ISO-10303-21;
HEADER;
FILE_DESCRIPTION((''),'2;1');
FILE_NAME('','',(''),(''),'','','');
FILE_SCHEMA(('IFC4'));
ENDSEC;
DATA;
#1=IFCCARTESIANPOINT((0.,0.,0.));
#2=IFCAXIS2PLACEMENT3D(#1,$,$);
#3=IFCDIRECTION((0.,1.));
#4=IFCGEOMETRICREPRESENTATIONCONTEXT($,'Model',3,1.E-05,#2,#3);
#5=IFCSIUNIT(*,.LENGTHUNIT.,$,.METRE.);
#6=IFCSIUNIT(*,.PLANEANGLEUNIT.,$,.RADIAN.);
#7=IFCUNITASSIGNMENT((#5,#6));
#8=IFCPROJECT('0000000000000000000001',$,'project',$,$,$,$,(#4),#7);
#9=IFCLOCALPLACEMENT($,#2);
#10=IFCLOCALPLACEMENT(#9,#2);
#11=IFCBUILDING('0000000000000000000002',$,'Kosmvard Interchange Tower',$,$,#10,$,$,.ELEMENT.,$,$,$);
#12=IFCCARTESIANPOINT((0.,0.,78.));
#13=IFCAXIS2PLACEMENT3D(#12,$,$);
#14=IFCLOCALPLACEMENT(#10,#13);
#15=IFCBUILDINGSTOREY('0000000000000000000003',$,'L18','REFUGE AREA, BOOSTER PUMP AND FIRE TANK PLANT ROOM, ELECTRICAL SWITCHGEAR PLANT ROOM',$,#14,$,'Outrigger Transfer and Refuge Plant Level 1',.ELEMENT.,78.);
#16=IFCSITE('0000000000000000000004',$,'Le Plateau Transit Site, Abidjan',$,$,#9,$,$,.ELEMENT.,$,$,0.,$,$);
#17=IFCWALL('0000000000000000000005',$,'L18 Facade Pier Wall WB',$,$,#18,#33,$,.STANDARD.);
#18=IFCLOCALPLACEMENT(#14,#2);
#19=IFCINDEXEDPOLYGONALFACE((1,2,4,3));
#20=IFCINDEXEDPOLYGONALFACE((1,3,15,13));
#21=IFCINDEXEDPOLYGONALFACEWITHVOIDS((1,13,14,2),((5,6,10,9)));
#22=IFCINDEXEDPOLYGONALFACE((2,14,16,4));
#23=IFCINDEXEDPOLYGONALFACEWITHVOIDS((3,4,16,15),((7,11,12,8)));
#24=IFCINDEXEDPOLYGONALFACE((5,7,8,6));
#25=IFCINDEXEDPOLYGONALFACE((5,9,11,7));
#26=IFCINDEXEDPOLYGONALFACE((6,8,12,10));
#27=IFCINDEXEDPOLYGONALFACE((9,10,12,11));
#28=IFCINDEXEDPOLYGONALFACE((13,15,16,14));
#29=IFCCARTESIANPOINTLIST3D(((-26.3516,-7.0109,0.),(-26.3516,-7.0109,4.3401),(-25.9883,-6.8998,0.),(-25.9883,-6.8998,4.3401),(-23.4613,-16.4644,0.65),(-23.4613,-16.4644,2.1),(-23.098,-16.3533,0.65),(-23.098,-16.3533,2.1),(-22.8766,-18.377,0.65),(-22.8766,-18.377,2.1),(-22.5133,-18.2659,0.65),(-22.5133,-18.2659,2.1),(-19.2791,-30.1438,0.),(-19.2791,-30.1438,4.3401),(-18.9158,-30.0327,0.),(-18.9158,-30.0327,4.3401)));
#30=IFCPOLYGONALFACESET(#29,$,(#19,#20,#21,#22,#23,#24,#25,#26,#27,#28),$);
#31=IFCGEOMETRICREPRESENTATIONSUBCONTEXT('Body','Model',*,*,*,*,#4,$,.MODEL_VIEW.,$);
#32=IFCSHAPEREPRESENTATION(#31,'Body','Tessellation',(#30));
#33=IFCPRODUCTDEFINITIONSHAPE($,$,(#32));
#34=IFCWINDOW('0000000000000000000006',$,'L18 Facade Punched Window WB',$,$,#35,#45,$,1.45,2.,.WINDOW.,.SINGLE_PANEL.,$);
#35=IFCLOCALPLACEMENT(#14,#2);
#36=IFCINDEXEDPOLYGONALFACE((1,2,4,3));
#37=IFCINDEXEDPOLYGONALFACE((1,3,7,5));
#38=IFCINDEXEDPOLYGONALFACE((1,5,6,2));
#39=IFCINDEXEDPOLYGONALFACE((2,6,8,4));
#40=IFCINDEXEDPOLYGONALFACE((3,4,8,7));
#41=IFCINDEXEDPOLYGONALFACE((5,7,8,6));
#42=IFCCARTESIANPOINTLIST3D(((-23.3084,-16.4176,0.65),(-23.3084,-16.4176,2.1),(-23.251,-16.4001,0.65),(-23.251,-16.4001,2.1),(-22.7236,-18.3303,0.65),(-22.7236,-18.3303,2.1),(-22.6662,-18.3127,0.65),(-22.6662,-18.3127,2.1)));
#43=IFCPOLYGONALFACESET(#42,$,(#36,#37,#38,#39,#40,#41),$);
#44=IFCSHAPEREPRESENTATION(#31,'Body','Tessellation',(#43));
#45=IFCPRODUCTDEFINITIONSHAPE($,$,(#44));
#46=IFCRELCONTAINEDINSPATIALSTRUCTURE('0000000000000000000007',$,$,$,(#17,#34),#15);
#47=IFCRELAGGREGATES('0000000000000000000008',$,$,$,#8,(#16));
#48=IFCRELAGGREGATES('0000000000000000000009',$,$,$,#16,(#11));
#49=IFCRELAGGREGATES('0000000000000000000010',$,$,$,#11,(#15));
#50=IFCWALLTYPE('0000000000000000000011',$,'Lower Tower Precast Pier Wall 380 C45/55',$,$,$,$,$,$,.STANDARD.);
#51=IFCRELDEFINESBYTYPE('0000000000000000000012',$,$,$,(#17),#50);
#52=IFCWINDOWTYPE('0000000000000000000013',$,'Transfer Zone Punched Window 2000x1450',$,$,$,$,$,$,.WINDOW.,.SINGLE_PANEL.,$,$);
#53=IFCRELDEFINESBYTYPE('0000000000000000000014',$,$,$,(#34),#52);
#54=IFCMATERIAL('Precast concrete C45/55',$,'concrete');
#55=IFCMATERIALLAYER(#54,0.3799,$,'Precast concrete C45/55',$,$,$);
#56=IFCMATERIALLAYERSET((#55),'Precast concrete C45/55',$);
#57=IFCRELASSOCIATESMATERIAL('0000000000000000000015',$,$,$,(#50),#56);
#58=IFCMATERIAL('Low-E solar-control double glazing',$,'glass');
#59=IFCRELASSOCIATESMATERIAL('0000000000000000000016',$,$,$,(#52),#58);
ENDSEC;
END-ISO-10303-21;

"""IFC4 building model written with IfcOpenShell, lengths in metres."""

from ifc_helpers import new_model, si_unit, direction, frame, frame_2d, origin, place, context, subcontext, project, spatial, rectangle, extrude, source, transform, mapped, material, layer, layer_set, type_object, element, fill, save


model = new_model("IFC4")

# Units and contexts
model_context = context("Model", 3, precision=1e-05, world=origin(), true_north=direction((0.0, 1.0)))
body_context = subcontext(model_context, "Body", "Model", "MODEL_VIEW")
ifc_project = project(units=[si_unit("LENGTHUNIT", "METRE"), si_unit("PLANEANGLEUNIT", "RADIAN")], contexts=[model_context])

# Site, building, storey
site_placement = place(None, origin())
site = spatial("IfcSite", under=ifc_project, at=site_placement, Name="Le Plateau Transit Site, Abidjan", CompositionType="ELEMENT", RefElevation=0.0)
building_placement = place(site_placement, origin())
building = spatial("IfcBuilding", under=site, at=building_placement, Name="Kosmvard Interchange Tower", CompositionType="ELEMENT")
storey_placement = place(building_placement, frame((0.0, 0.0, 78.0)))
storey = spatial("IfcBuildingStorey", under=building, at=storey_placement, Name="L18", Description="REFUGE AREA, BOOSTER PUMP AND FIRE TANK PLANT ROOM, ELECTRICAL SWITCHGEAR PLANT ROOM", LongName="Outrigger Transfer and Refuge Plant Level 1", CompositionType="ELEMENT", Elevation=78.0)

# Shared definitions
ifc_material_1 = material(Name="Low-E solar-control double glazing", Category="glass")

# Wall, opening, window
ifc_material_2 = material(Name="Precast concrete C45/55", Category="concrete")
ifc_layer_1 = layer(ifc_material_2, 0.3799, Name="Precast concrete C45/55")
ifc_layer_set_1 = layer_set([ifc_layer_1], Name="Precast concrete C45/55")
wall_type = type_object("IfcWallType", Name="Lower Tower Precast Pier Wall 380 C45/55", PredefinedType="STANDARD", material=ifc_layer_set_1)
wall_placement = place(storey_placement, frame((-26.1699, -6.9553, 0.0), z_axis=(0.0, 0.0, 1.0), x_axis=(0.292373, -0.956304, 0.0)))
wall = element("IfcWall", 1, at=wall_placement, inside=storey, type_object=wall_type, Name="L18 Facade Pier Wall WB", PredefinedType="STANDARD", context=body_context, shape_type="SweptSolid", body=[
    extrude(rectangle(XDim=24.1899, YDim=0.3799, at=frame_2d((12.095, 0.0))), origin(), (0.0, 0.0, 1.0), 4.3401),
])
opening_placement = place(wall_placement, frame((9.8855, 0.0, 0.6499)))
opening = element("IfcOpeningElement", 2, at=opening_placement, cuts=wall, PredefinedType="OPENING", context=body_context, shape_type="SweptSolid", body=[
    extrude(rectangle(XDim=2.0, YDim=1.45, at=frame_2d((1.0, 0.7251))), frame((0.0, 0.2, 0.0), z_axis=(0.0, -1.0, 0.0), x_axis=(1.0, 0.0, 0.0)), (0.0, 0.0, 1.0), 0.3999),
])
window_type = type_object("IfcWindowType", Name="Transfer Zone Punched Window 2000x1450", PartitioningType="SINGLE_PANEL", PredefinedType="WINDOW", material=ifc_material_1)
shared_shape_1 = source(origin(), body_context, "Body", "SweptSolid", [
    extrude(rectangle(XDim=2.0, YDim=1.45, at=frame_2d((1.0, 0.7251))), frame((0.0, 0.03, 0.0), z_axis=(0.0, -1.0, 0.0), x_axis=(1.0, 0.0, 0.0)), (0.0, 0.0, 1.0), 0.0601),
])
window_placement = place(opening_placement, origin())
window = element("IfcWindow", 3, at=window_placement, inside=storey, type_object=window_type, Name="L18 Facade Punched Window WB", OverallHeight=1.45, OverallWidth=2.0, PartitioningType="SINGLE_PANEL", PredefinedType="WINDOW", context=body_context, shape_type="MappedRepresentation", body=[
    mapped(shared_shape_1, transform((0.0, 0.0, 0.0), scale=1.0)),
])
fill(opening, window)

save(model, "model.ifc")
